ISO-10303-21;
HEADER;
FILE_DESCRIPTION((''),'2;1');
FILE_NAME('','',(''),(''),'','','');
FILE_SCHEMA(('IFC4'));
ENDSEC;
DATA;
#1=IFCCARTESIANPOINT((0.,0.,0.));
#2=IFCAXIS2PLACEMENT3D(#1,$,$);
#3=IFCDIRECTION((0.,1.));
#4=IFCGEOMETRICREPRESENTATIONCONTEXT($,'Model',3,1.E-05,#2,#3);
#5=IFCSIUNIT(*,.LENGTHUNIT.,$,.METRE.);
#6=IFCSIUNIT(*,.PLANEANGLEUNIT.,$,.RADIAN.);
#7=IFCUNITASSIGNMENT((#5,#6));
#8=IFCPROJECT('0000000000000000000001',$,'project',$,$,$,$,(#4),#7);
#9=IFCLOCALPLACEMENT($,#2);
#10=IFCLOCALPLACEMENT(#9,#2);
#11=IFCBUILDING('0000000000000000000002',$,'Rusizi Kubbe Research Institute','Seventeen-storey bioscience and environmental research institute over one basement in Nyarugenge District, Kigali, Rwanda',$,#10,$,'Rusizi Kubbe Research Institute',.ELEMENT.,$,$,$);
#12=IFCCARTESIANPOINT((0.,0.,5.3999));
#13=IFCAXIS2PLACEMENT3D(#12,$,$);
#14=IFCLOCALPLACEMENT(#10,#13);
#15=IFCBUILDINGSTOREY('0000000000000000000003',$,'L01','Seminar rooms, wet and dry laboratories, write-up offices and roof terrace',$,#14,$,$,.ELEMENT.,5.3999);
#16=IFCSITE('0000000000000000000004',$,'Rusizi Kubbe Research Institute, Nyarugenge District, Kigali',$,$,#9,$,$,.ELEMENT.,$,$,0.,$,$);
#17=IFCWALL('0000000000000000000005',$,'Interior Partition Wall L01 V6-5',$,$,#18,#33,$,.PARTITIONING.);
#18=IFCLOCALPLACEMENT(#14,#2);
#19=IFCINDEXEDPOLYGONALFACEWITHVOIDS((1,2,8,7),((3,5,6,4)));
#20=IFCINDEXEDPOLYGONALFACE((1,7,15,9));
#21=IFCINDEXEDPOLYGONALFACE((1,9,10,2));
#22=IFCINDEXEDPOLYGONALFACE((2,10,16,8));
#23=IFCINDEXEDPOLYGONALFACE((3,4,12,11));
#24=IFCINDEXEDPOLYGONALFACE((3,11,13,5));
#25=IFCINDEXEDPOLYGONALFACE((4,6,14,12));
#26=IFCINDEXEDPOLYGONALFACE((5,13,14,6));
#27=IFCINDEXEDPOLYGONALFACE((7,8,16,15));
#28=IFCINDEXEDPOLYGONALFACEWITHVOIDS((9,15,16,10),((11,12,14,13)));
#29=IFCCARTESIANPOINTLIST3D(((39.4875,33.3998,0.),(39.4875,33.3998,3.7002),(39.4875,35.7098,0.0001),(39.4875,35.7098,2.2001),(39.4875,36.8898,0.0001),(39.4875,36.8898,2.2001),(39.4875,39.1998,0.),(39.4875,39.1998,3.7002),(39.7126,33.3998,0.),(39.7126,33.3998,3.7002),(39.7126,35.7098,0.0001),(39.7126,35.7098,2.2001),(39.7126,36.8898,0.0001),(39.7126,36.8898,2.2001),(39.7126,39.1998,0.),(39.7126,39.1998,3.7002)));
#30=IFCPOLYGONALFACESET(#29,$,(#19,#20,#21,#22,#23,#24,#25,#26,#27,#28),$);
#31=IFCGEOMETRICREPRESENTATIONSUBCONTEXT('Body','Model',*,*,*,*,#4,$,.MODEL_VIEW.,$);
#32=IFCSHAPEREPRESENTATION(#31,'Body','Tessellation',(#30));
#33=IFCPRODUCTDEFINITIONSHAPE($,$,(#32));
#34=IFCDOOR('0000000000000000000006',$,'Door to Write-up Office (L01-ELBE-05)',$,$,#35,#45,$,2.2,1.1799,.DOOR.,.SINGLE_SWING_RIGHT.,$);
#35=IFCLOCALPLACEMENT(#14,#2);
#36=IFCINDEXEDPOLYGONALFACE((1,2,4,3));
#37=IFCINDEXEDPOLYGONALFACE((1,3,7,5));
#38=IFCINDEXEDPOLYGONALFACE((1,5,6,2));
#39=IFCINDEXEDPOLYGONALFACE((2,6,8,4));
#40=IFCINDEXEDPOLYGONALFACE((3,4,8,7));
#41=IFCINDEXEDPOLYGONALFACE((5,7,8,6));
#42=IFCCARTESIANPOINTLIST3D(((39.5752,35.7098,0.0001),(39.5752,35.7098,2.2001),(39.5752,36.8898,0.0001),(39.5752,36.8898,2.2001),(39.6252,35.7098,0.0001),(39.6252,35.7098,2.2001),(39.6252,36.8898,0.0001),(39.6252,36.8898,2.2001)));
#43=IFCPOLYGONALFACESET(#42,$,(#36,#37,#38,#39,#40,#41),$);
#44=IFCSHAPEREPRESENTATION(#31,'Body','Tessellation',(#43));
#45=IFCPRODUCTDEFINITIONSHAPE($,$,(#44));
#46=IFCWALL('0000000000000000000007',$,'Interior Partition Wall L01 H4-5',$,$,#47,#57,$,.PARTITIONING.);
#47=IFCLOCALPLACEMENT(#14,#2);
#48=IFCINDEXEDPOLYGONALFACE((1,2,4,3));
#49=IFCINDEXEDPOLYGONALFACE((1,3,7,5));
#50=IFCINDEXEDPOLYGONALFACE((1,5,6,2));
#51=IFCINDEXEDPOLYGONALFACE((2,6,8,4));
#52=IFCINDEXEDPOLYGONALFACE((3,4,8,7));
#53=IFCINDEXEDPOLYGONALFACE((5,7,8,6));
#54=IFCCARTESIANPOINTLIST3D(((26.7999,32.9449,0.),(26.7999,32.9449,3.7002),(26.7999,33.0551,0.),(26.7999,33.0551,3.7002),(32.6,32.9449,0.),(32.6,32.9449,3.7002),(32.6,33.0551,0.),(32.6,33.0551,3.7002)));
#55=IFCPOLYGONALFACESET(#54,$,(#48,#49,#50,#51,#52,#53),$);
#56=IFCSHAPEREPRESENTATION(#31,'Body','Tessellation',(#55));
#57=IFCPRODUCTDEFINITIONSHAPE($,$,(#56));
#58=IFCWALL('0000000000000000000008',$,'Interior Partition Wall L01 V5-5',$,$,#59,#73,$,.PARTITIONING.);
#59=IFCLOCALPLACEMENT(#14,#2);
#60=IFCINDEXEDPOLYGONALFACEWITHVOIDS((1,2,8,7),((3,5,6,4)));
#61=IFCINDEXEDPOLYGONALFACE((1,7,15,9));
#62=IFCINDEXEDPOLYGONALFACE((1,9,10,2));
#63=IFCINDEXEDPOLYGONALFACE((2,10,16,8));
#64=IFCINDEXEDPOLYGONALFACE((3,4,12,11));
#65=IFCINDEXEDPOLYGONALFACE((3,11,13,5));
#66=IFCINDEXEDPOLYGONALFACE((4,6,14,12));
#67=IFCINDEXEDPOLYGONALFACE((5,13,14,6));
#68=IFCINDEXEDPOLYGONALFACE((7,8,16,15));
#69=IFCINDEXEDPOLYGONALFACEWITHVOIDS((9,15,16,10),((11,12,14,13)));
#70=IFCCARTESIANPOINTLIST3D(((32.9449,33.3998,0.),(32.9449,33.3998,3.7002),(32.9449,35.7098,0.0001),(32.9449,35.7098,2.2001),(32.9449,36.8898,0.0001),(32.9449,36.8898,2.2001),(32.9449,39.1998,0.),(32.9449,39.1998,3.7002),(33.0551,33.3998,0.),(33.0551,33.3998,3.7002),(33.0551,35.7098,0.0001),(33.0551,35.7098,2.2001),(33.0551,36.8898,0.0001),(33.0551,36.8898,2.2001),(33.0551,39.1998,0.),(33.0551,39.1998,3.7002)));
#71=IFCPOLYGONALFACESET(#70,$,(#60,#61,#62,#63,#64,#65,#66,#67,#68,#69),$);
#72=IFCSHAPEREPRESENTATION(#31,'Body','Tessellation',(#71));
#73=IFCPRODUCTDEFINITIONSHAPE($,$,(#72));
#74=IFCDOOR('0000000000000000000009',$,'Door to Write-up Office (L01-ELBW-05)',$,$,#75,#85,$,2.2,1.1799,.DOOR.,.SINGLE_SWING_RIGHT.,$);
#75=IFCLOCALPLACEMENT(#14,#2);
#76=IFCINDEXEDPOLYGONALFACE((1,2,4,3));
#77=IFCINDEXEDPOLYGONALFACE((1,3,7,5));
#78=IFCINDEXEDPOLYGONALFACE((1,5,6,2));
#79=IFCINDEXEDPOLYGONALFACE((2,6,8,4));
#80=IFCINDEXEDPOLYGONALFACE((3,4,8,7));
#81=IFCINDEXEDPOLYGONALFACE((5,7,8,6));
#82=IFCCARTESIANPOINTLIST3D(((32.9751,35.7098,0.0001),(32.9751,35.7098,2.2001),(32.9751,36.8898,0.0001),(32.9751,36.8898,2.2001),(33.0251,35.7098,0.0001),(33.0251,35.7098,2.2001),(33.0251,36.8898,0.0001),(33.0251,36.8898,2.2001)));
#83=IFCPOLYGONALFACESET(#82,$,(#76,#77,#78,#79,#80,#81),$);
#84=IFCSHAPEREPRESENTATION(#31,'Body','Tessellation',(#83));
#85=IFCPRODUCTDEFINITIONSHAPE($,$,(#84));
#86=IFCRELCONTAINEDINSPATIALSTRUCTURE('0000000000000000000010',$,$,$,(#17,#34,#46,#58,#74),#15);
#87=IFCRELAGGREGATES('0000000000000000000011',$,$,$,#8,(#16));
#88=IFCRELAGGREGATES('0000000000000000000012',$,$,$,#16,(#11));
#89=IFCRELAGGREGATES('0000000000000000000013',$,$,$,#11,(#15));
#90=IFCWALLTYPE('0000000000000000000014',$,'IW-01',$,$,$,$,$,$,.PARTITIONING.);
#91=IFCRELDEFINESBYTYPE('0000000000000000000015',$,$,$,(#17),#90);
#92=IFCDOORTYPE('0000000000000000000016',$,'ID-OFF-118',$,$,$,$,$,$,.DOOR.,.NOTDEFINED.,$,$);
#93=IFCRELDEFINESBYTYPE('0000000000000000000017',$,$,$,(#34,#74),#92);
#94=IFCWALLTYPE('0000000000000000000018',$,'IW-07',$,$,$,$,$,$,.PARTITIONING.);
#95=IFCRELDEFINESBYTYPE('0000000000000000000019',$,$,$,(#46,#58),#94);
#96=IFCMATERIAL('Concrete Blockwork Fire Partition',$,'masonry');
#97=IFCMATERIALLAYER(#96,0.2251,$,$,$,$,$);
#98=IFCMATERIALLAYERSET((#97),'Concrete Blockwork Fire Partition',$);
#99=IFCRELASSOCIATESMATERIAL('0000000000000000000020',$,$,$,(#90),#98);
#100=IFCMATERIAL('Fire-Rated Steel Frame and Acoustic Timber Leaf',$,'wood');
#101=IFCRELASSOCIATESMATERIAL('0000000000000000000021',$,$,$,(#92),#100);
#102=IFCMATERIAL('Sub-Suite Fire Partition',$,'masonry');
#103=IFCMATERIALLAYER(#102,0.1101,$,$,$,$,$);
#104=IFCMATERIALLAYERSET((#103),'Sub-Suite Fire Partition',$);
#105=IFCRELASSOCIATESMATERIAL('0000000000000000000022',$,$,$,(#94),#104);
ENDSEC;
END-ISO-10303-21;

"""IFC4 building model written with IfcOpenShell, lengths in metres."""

from ifc_helpers import new_model, si_unit, direction, frame, frame_2d, origin, place, context, subcontext, project, spatial, rectangle, extrude, material, layer, layer_set, type_object, element, fill, save


model = new_model("IFC4")

# Units and contexts
model_context = context("Model", 3, precision=1e-05, world=origin(), true_north=direction((0.0, 1.0)))
body_context = subcontext(model_context, "Body", "Model", "MODEL_VIEW")
ifc_project = project(units=[si_unit("LENGTHUNIT", "METRE"), si_unit("PLANEANGLEUNIT", "RADIAN")], contexts=[model_context])

# Site, building, storey
site_placement = place(None, origin())
site = spatial("IfcSite", under=ifc_project, at=site_placement, Name="Rusizi Kubbe Research Institute, Nyarugenge District, Kigali", CompositionType="ELEMENT", RefElevation=0.0)
building_placement = place(site_placement, origin())
building = spatial("IfcBuilding", under=site, at=building_placement, Name="Rusizi Kubbe Research Institute", Description="Seventeen-storey bioscience and environmental research institute over one basement in Nyarugenge District, Kigali, Rwanda", LongName="Rusizi Kubbe Research Institute", CompositionType="ELEMENT")
storey_placement = place(building_placement, frame((0.0, 0.0, 5.3999)))
storey = spatial("IfcBuildingStorey", under=building, at=storey_placement, Name="L01", Description="Seminar rooms, wet and dry laboratories, write-up offices and roof terrace", CompositionType="ELEMENT", Elevation=5.3999)

# Shared definitions
ifc_material_1 = material(Name="Concrete Blockwork Fire Partition", Category="masonry")
ifc_layer_1 = layer(ifc_material_1, 0.2251)
ifc_layer_set_1 = layer_set([ifc_layer_1], Name="Concrete Blockwork Fire Partition")
wall_type_1 = type_object("IfcWallType", Name="IW-01", PredefinedType="PARTITIONING", material=ifc_layer_set_1)

# Wall, opening, door
wall_1_placement = place(storey_placement, frame((39.6001, 33.3999, 0.0), z_axis=(0.0, 0.0, 1.0), x_axis=(0.0, 1.0, 0.0)))
wall_1 = element("IfcWall", 1, at=wall_1_placement, inside=storey, type_object=wall_type_1, Name="Interior Partition Wall L01 V6-5", PredefinedType="PARTITIONING", context=body_context, shape_type="SweptSolid", body=[
    extrude(rectangle(XDim=5.8, YDim=0.2251, at=frame_2d((2.8999, 0.0))), origin(), (0.0, 0.0, 1.0), 3.7002),
])
opening_1_placement = place(wall_1_placement, frame((2.3101, 0.0, 0.0)))
opening_1 = element("IfcOpeningElement", 2, at=opening_1_placement, cuts=wall_1, PredefinedType="OPENING", context=body_context, shape_type="SweptSolid", body=[
    extrude(rectangle(XDim=1.1799, YDim=2.2, at=frame_2d((0.5898, 1.1001))), frame((0.0, 0.1226, 0.0), z_axis=(0.0, -1.0, 0.0), x_axis=(1.0, 0.0, 0.0)), (0.0, 0.0, 1.0), 0.2451),
])
ifc_material_2 = material(Name="Fire-Rated Steel Frame and Acoustic Timber Leaf", Category="wood")
door_type_1 = type_object("IfcDoorType", Name="ID-OFF-118", OperationType="NOTDEFINED", PredefinedType="DOOR", material=ifc_material_2)
door_1_placement = place(opening_1_placement, origin())
door_1 = element("IfcDoor", 3, at=door_1_placement, inside=storey, type_object=door_type_1, Name="Door to Write-up Office (L01-ELBE-05)", OperationType="SINGLE_SWING_RIGHT", OverallHeight=2.2, OverallWidth=1.1799, PredefinedType="DOOR", context=body_context, shape_type="SweptSolid", body=[
    extrude(rectangle(XDim=1.1799, YDim=2.2, at=frame_2d((0.5898, 1.1001))), frame((0.0, 0.0249, 0.0), z_axis=(0.0, -1.0, 0.0), x_axis=(1.0, 0.0, 0.0)), (0.0, 0.0, 1.0), 0.05),
])
fill(opening_1, door_1)

# Wall
ifc_material_3 = material(Name="Sub-Suite Fire Partition", Category="masonry")
ifc_layer_2 = layer(ifc_material_3, 0.1101)
ifc_layer_set_2 = layer_set([ifc_layer_2], Name="Sub-Suite Fire Partition")
wall_type_2 = type_object("IfcWallType", Name="IW-07", PredefinedType="PARTITIONING", material=ifc_layer_set_2)
wall_2_placement = place(storey_placement, frame((26.8, 33.0, 0.0), z_axis=(0.0, 0.0, 1.0), x_axis=(1.0, 0.0, 0.0)))
element("IfcWall", 4, at=wall_2_placement, inside=storey, type_object=wall_type_2, Name="Interior Partition Wall L01 H4-5", PredefinedType="PARTITIONING", context=body_context, shape_type="SweptSolid", body=[
    extrude(rectangle(XDim=5.8, YDim=0.1101, at=frame_2d((2.8999, 0.0))), origin(), (0.0, 0.0, 1.0), 3.7002),
])

# Wall, opening, door
wall_3_placement = place(storey_placement, frame((33.0, 33.3999, 0.0), z_axis=(0.0, 0.0, 1.0), x_axis=(0.0, 1.0, 0.0)))
wall_3 = element("IfcWall", 5, at=wall_3_placement, inside=storey, type_object=wall_type_2, Name="Interior Partition Wall L01 V5-5", PredefinedType="PARTITIONING", context=body_context, shape_type="SweptSolid", body=[
    extrude(rectangle(XDim=5.8, YDim=0.1101, at=frame_2d((2.8999, 0.0))), origin(), (0.0, 0.0, 1.0), 3.7002),
])
opening_2_placement = place(wall_3_placement, frame((2.3101, 0.0, 0.0)))
opening_2 = element("IfcOpeningElement", 6, at=opening_2_placement, cuts=wall_3, PredefinedType="OPENING", context=body_context, shape_type="SweptSolid", body=[
    extrude(rectangle(XDim=1.1799, YDim=2.2, at=frame_2d((0.5898, 1.1001))), frame((0.0, 0.0649, 0.0), z_axis=(0.0, -1.0, 0.0), x_axis=(1.0, 0.0, 0.0)), (0.0, 0.0, 1.0), 0.1301),
])
door_2_placement = place(opening_2_placement, origin())
door_2 = element("IfcDoor", 7, at=door_2_placement, inside=storey, type_object=door_type_1, Name="Door to Write-up Office (L01-ELBW-05)", OperationType="SINGLE_SWING_RIGHT", OverallHeight=2.2, OverallWidth=1.1799, PredefinedType="DOOR", context=body_context, shape_type="SweptSolid", body=[
    extrude(rectangle(XDim=1.1799, YDim=2.2, at=frame_2d((0.5898, 1.1001))), frame((0.0, 0.0249, 0.0), z_axis=(0.0, -1.0, 0.0), x_axis=(1.0, 0.0, 0.0)), (0.0, 0.0, 1.0), 0.05),
])
fill(opening_2, door_2)

save(model, "model.ifc")
